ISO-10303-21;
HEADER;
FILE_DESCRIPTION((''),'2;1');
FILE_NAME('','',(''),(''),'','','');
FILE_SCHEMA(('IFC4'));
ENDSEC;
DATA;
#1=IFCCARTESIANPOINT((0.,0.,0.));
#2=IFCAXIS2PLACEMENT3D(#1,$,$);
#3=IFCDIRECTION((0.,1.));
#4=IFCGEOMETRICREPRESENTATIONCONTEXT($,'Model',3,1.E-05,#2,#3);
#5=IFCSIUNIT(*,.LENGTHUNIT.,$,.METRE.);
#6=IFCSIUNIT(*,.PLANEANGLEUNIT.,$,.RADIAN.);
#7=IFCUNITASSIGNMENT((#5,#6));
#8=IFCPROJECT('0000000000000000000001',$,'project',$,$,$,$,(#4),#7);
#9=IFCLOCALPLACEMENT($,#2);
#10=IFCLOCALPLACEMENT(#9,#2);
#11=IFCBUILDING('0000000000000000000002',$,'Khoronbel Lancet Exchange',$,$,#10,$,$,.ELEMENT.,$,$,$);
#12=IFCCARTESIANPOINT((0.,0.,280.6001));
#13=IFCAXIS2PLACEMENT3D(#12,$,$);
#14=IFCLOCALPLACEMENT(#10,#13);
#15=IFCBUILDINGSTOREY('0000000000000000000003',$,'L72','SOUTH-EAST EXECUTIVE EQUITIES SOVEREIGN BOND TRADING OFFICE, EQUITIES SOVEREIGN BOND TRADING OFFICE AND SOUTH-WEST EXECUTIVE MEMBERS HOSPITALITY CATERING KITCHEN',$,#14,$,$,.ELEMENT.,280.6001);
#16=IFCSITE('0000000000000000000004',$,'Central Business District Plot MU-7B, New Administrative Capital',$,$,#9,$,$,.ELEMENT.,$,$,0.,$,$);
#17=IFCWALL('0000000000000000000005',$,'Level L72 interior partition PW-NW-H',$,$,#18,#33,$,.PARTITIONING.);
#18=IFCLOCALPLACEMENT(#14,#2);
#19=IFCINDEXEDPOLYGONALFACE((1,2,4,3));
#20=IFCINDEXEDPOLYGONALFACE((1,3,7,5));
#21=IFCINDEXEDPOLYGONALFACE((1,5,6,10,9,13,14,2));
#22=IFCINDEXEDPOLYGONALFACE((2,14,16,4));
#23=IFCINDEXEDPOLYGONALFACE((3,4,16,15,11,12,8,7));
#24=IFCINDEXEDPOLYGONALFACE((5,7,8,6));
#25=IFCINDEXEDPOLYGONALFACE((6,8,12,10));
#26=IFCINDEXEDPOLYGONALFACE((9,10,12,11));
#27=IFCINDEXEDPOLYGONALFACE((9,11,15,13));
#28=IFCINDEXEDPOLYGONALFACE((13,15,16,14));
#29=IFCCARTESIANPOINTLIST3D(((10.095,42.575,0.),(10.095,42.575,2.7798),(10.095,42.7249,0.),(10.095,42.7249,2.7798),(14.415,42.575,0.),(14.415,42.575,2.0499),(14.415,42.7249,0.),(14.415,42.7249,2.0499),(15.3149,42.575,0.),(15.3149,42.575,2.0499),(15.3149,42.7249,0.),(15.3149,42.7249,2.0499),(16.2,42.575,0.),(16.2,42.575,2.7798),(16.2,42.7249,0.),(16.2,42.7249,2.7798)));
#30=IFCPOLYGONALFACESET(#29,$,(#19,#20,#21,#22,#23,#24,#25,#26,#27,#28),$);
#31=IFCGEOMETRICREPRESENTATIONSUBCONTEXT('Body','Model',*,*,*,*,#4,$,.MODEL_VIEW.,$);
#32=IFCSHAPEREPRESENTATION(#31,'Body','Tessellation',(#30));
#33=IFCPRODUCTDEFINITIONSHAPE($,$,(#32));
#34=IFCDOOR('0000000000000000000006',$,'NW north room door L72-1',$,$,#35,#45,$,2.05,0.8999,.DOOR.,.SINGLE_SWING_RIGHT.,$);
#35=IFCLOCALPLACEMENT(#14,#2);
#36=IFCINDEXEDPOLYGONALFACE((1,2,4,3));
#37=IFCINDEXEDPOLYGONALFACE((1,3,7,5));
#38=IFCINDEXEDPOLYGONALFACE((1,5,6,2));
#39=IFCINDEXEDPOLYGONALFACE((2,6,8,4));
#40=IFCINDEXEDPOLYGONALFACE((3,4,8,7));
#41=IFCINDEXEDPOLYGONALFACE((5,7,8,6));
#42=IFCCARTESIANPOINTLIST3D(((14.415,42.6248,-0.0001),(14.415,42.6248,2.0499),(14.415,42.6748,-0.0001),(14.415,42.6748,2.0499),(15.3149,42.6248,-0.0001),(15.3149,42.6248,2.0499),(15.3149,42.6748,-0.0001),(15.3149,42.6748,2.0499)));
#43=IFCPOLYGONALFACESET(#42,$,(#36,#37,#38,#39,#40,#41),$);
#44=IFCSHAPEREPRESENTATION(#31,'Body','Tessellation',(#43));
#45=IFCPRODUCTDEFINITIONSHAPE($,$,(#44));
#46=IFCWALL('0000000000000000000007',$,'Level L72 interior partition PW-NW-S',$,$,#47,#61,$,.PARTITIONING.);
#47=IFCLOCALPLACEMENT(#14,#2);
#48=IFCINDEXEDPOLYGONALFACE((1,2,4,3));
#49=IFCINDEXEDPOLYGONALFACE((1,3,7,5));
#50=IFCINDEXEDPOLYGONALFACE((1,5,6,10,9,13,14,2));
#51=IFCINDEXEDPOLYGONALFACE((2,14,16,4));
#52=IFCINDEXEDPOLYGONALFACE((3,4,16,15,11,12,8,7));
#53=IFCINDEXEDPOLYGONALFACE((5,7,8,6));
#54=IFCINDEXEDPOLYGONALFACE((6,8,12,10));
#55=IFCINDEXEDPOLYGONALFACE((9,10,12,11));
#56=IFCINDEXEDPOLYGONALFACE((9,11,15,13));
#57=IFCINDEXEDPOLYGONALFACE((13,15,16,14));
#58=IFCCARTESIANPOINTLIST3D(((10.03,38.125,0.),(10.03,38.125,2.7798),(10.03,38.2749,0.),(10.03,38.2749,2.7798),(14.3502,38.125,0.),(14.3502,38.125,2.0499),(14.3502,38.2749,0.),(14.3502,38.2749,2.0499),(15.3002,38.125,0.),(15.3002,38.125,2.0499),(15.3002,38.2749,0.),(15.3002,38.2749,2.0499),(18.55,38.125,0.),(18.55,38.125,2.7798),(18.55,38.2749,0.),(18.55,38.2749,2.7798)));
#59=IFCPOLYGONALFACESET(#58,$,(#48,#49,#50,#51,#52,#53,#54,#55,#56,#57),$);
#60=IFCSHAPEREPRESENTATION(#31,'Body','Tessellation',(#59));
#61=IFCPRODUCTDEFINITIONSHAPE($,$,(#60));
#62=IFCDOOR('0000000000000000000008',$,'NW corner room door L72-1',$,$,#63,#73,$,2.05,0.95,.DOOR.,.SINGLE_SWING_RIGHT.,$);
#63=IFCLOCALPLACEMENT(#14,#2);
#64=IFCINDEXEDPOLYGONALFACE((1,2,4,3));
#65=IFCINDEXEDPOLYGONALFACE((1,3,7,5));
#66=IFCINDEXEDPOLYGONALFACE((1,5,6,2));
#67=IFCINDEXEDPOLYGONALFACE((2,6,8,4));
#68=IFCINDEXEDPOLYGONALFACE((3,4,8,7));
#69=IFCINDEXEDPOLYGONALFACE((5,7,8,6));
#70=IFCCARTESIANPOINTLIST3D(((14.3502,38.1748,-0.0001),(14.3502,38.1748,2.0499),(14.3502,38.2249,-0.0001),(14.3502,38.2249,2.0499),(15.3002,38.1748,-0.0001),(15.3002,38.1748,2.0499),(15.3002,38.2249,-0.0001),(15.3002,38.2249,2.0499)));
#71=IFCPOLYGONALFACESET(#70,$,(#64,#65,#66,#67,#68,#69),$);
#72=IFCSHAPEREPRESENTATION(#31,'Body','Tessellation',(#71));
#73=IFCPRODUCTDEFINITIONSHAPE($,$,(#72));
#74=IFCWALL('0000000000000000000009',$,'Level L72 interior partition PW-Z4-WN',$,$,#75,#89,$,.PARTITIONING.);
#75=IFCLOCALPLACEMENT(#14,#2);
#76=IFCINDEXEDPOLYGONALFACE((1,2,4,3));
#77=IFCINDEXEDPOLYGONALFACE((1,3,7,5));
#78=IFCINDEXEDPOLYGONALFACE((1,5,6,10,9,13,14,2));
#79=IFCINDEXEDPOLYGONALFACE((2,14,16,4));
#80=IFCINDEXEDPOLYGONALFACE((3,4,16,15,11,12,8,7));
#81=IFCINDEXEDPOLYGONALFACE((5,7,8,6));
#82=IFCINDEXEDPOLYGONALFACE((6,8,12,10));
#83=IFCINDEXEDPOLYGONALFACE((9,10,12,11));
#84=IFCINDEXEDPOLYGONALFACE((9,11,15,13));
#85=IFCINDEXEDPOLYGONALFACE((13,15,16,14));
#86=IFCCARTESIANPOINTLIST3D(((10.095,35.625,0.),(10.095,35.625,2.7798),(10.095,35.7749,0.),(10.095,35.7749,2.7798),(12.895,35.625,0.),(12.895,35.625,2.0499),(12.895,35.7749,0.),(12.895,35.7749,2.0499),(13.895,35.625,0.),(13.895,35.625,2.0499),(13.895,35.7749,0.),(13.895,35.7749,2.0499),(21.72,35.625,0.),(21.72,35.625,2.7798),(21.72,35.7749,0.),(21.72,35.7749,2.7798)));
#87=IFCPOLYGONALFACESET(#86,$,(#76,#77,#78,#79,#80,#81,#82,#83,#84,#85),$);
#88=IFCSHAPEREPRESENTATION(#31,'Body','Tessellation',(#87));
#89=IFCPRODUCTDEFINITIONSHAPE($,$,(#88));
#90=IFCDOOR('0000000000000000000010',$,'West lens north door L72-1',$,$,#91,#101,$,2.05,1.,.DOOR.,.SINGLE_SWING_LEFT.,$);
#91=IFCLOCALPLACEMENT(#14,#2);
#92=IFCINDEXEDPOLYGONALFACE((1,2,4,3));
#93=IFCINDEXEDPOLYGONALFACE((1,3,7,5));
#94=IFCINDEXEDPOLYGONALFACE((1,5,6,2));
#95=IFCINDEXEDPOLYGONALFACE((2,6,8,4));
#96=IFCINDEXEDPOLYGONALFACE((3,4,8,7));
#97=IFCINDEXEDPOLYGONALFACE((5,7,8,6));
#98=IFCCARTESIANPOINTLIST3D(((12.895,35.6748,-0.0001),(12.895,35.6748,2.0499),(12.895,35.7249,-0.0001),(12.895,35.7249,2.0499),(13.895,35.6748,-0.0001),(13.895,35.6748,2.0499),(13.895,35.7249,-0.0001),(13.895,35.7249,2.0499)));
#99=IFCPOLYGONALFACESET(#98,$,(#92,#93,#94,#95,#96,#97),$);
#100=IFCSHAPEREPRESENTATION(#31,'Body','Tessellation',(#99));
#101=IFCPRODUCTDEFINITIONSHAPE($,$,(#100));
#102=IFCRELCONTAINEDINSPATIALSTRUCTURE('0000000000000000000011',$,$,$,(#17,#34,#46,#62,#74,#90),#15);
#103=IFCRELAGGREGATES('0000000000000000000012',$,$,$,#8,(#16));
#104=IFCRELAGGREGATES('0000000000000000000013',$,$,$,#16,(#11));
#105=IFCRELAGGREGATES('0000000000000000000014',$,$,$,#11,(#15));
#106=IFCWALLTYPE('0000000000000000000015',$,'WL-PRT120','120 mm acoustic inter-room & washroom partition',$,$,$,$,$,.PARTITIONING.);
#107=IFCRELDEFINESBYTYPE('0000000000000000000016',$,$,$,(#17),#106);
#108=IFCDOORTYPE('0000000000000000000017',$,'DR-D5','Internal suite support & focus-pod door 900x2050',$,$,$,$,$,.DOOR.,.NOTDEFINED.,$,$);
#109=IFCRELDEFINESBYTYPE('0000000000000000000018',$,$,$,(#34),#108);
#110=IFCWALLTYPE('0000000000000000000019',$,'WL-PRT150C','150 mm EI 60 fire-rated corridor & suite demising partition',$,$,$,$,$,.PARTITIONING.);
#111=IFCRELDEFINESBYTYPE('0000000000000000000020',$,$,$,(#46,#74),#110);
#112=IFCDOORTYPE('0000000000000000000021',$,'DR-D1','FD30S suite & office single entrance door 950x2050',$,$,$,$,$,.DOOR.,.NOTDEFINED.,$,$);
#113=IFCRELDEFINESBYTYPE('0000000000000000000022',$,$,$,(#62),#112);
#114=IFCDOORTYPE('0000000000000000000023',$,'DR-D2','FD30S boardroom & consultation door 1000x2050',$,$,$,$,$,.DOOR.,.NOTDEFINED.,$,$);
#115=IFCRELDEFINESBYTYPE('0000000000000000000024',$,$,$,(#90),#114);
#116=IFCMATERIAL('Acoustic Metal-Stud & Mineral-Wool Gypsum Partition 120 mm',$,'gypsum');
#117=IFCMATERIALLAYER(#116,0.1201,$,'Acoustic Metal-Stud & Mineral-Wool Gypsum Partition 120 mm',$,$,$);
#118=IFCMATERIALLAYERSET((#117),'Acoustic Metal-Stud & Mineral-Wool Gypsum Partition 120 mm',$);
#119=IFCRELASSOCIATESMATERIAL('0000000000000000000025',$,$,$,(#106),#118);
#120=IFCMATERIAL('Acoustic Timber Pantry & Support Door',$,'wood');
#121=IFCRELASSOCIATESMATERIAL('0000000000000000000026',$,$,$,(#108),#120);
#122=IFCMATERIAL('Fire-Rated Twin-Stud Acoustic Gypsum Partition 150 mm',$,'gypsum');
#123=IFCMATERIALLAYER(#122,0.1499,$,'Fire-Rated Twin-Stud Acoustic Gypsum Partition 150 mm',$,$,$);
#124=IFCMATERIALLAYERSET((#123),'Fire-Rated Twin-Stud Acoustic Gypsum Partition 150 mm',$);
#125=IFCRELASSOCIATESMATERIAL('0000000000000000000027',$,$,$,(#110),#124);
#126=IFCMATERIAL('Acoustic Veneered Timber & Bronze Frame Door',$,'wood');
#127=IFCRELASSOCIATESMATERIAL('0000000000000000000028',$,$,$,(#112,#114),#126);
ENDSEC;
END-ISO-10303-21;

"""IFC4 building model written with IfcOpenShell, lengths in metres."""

from ifc_helpers import new_model, si_unit, direction, frame, frame_2d, origin, place, context, subcontext, project, spatial, rectangle, extrude, material, layer, layer_set, type_object, element, fill, save


model = new_model("IFC4")

# Units and contexts
model_context = context("Model", 3, precision=1e-05, world=origin(), true_north=direction((0.0, 1.0)))
body_context = subcontext(model_context, "Body", "Model", "MODEL_VIEW")
ifc_project = project(units=[si_unit("LENGTHUNIT", "METRE"), si_unit("PLANEANGLEUNIT", "RADIAN")], contexts=[model_context])

# Site, building, storey
site_placement = place(None, origin())
site = spatial("IfcSite", under=ifc_project, at=site_placement, Name="Central Business District Plot MU-7B, New Administrative Capital", CompositionType="ELEMENT", RefElevation=0.0)
building_placement = place(site_placement, origin())
building = spatial("IfcBuilding", under=site, at=building_placement, Name="Khoronbel Lancet Exchange", CompositionType="ELEMENT")
storey_placement = place(building_placement, frame((0.0, 0.0, 280.6001)))
storey = spatial("IfcBuildingStorey", under=building, at=storey_placement, Name="L72", Description="SOUTH-EAST EXECUTIVE EQUITIES SOVEREIGN BOND TRADING OFFICE, EQUITIES SOVEREIGN BOND TRADING OFFICE AND SOUTH-WEST EXECUTIVE MEMBERS HOSPITALITY CATERING KITCHEN", CompositionType="ELEMENT", Elevation=280.6001)

# Walls, openings, doors
ifc_material_1 = material(Name="Acoustic Metal-Stud & Mineral-Wool Gypsum Partition 120 mm", Category="gypsum")
ifc_layer_1 = layer(ifc_material_1, 0.1201, Name="Acoustic Metal-Stud & Mineral-Wool Gypsum Partition 120 mm")
ifc_layer_set_1 = layer_set([ifc_layer_1], Name="Acoustic Metal-Stud & Mineral-Wool Gypsum Partition 120 mm")
wall_type_1 = type_object("IfcWallType", Name="WL-PRT120", Description="120 mm acoustic inter-room & washroom partition", PredefinedType="PARTITIONING", material=ifc_layer_set_1)
wall_1_placement = place(storey_placement, frame((10.095, 42.6499, 0.0), z_axis=(0.0, 0.0, 1.0), x_axis=(1.0, 0.0, 0.0)))
wall_1 = element("IfcWall", 1, at=wall_1_placement, inside=storey, type_object=wall_type_1, Name="Level L72 interior partition PW-NW-H", PredefinedType="PARTITIONING", context=body_context, shape_type="SweptSolid", body=[
    extrude(rectangle(XDim=6.105, YDim=0.1499, at=frame_2d((3.0525, 0.0))), origin(), (0.0, 0.0, 1.0), 2.7798),
])
opening_1_placement = place(wall_1_placement, frame((4.3201, 0.0, 0.0)))
opening_1 = element("IfcOpeningElement", 2, at=opening_1_placement, cuts=wall_1, PredefinedType="OPENING", context=body_context, shape_type="SweptSolid", body=[
    extrude(rectangle(XDim=0.8999, YDim=2.05, at=frame_2d((0.45, 1.0249))), frame((0.0, 0.085, 0.0), z_axis=(0.0, -1.0, 0.0), x_axis=(1.0, 0.0, 0.0)), (0.0, 0.0, 1.0), 0.1699),
])
ifc_material_2 = material(Name="Acoustic Timber Pantry & Support Door", Category="wood")
door_type_1 = type_object("IfcDoorType", Name="DR-D5", Description="Internal suite support & focus-pod door 900x2050", OperationType="NOTDEFINED", PredefinedType="DOOR", material=ifc_material_2)
door_1_placement = place(opening_1_placement, origin())
door_1 = element("IfcDoor", 3, at=door_1_placement, inside=storey, type_object=door_type_1, Name="NW north room door L72-1", OperationType="SINGLE_SWING_RIGHT", OverallHeight=2.05, OverallWidth=0.8999, PredefinedType="DOOR", context=body_context, shape_type="SweptSolid", body=[
    extrude(rectangle(XDim=0.8999, YDim=2.05, at=frame_2d((0.45, 1.0249))), frame((0.0, 0.0249, 0.0), z_axis=(0.0, -1.0, 0.0), x_axis=(1.0, 0.0, 0.0)), (0.0, 0.0, 1.0), 0.05),
])
fill(opening_1, door_1)
ifc_material_3 = material(Name="Fire-Rated Twin-Stud Acoustic Gypsum Partition 150 mm", Category="gypsum")
ifc_layer_2 = layer(ifc_material_3, 0.1499, Name="Fire-Rated Twin-Stud Acoustic Gypsum Partition 150 mm")
ifc_layer_set_2 = layer_set([ifc_layer_2], Name="Fire-Rated Twin-Stud Acoustic Gypsum Partition 150 mm")
wall_type_2 = type_object("IfcWallType", Name="WL-PRT150C", Description="150 mm EI 60 fire-rated corridor & suite demising partition", PredefinedType="PARTITIONING", material=ifc_layer_set_2)
wall_2_placement = place(storey_placement, frame((10.03, 38.2, 0.0), z_axis=(0.0, 0.0, 1.0), x_axis=(1.0, 0.0, 0.0)))
wall_2 = element("IfcWall", 4, at=wall_2_placement, inside=storey, type_object=wall_type_2, Name="Level L72 interior partition PW-NW-S", PredefinedType="PARTITIONING", context=body_context, shape_type="SweptSolid", body=[
    extrude(rectangle(XDim=8.52, YDim=0.1499, at=frame_2d((4.26, 0.0))), origin(), (0.0, 0.0, 1.0), 2.7798),
])
opening_2_placement = place(wall_2_placement, frame((4.3201, 0.0, 0.0)))
opening_2 = element("IfcOpeningElement", 5, at=opening_2_placement, cuts=wall_2, PredefinedType="OPENING", context=body_context, shape_type="SweptSolid", body=[
    extrude(rectangle(XDim=0.95, YDim=2.05, at=frame_2d((0.4751, 1.0249))), frame((0.0, 0.085, 0.0), z_axis=(0.0, -1.0, 0.0), x_axis=(1.0, 0.0, 0.0)), (0.0, 0.0, 1.0), 0.1699),
])
ifc_material_4 = material(Name="Acoustic Veneered Timber & Bronze Frame Door", Category="wood")
door_type_2 = type_object("IfcDoorType", Name="DR-D1", Description="FD30S suite & office single entrance door 950x2050", OperationType="NOTDEFINED", PredefinedType="DOOR", material=ifc_material_4)
door_2_placement = place(opening_2_placement, origin())
door_2 = element("IfcDoor", 6, at=door_2_placement, inside=storey, type_object=door_type_2, Name="NW corner room door L72-1", OperationType="SINGLE_SWING_RIGHT", OverallHeight=2.05, OverallWidth=0.95, PredefinedType="DOOR", context=body_context, shape_type="SweptSolid", body=[
    extrude(rectangle(XDim=0.95, YDim=2.05, at=frame_2d((0.4751, 1.0249))), frame((0.0, 0.0249, 0.0), z_axis=(0.0, -1.0, 0.0), x_axis=(1.0, 0.0, 0.0)), (0.0, 0.0, 1.0), 0.05),
])
fill(opening_2, door_2)
wall_3_placement = place(storey_placement, frame((10.095, 35.7, 0.0), z_axis=(0.0, 0.0, 1.0), x_axis=(1.0, 0.0, 0.0)))
wall_3 = element("IfcWall", 7, at=wall_3_placement, inside=storey, type_object=wall_type_2, Name="Level L72 interior partition PW-Z4-WN", PredefinedType="PARTITIONING", context=body_context, shape_type="SweptSolid", body=[
    extrude(rectangle(XDim=11.625, YDim=0.1499, at=frame_2d((5.8125, 0.0))), origin(), (0.0, 0.0, 1.0), 2.7798),
])
opening_3_placement = place(wall_3_placement, frame((2.8, 0.0, 0.0)))
opening_3 = element("IfcOpeningElement", 8, at=opening_3_placement, cuts=wall_3, PredefinedType="OPENING", context=body_context, shape_type="SweptSolid", body=[
    extrude(rectangle(XDim=1.0, YDim=2.05, at=frame_2d((0.5, 1.0249))), frame((0.0, 0.085, 0.0), z_axis=(0.0, -1.0, 0.0), x_axis=(1.0, 0.0, 0.0)), (0.0, 0.0, 1.0), 0.1699),
])
door_type_3 = type_object("IfcDoorType", Name="DR-D2", Description="FD30S boardroom & consultation door 1000x2050", OperationType="NOTDEFINED", PredefinedType="DOOR", material=ifc_material_4)
door_3_placement = place(opening_3_placement, origin())
door_3 = element("IfcDoor", 9, at=door_3_placement, inside=storey, type_object=door_type_3, Name="West lens north door L72-1", OperationType="SINGLE_SWING_LEFT", OverallHeight=2.05, OverallWidth=1.0, PredefinedType="DOOR", context=body_context, shape_type="SweptSolid", body=[
    extrude(rectangle(XDim=1.0, YDim=2.05, at=frame_2d((0.5, 1.0249))), frame((0.0, 0.0249, 0.0), z_axis=(0.0, -1.0, 0.0), x_axis=(1.0, 0.0, 0.0)), (0.0, 0.0, 1.0), 0.05),
])
fill(opening_3, door_3)

save(model, "model.ifc")
